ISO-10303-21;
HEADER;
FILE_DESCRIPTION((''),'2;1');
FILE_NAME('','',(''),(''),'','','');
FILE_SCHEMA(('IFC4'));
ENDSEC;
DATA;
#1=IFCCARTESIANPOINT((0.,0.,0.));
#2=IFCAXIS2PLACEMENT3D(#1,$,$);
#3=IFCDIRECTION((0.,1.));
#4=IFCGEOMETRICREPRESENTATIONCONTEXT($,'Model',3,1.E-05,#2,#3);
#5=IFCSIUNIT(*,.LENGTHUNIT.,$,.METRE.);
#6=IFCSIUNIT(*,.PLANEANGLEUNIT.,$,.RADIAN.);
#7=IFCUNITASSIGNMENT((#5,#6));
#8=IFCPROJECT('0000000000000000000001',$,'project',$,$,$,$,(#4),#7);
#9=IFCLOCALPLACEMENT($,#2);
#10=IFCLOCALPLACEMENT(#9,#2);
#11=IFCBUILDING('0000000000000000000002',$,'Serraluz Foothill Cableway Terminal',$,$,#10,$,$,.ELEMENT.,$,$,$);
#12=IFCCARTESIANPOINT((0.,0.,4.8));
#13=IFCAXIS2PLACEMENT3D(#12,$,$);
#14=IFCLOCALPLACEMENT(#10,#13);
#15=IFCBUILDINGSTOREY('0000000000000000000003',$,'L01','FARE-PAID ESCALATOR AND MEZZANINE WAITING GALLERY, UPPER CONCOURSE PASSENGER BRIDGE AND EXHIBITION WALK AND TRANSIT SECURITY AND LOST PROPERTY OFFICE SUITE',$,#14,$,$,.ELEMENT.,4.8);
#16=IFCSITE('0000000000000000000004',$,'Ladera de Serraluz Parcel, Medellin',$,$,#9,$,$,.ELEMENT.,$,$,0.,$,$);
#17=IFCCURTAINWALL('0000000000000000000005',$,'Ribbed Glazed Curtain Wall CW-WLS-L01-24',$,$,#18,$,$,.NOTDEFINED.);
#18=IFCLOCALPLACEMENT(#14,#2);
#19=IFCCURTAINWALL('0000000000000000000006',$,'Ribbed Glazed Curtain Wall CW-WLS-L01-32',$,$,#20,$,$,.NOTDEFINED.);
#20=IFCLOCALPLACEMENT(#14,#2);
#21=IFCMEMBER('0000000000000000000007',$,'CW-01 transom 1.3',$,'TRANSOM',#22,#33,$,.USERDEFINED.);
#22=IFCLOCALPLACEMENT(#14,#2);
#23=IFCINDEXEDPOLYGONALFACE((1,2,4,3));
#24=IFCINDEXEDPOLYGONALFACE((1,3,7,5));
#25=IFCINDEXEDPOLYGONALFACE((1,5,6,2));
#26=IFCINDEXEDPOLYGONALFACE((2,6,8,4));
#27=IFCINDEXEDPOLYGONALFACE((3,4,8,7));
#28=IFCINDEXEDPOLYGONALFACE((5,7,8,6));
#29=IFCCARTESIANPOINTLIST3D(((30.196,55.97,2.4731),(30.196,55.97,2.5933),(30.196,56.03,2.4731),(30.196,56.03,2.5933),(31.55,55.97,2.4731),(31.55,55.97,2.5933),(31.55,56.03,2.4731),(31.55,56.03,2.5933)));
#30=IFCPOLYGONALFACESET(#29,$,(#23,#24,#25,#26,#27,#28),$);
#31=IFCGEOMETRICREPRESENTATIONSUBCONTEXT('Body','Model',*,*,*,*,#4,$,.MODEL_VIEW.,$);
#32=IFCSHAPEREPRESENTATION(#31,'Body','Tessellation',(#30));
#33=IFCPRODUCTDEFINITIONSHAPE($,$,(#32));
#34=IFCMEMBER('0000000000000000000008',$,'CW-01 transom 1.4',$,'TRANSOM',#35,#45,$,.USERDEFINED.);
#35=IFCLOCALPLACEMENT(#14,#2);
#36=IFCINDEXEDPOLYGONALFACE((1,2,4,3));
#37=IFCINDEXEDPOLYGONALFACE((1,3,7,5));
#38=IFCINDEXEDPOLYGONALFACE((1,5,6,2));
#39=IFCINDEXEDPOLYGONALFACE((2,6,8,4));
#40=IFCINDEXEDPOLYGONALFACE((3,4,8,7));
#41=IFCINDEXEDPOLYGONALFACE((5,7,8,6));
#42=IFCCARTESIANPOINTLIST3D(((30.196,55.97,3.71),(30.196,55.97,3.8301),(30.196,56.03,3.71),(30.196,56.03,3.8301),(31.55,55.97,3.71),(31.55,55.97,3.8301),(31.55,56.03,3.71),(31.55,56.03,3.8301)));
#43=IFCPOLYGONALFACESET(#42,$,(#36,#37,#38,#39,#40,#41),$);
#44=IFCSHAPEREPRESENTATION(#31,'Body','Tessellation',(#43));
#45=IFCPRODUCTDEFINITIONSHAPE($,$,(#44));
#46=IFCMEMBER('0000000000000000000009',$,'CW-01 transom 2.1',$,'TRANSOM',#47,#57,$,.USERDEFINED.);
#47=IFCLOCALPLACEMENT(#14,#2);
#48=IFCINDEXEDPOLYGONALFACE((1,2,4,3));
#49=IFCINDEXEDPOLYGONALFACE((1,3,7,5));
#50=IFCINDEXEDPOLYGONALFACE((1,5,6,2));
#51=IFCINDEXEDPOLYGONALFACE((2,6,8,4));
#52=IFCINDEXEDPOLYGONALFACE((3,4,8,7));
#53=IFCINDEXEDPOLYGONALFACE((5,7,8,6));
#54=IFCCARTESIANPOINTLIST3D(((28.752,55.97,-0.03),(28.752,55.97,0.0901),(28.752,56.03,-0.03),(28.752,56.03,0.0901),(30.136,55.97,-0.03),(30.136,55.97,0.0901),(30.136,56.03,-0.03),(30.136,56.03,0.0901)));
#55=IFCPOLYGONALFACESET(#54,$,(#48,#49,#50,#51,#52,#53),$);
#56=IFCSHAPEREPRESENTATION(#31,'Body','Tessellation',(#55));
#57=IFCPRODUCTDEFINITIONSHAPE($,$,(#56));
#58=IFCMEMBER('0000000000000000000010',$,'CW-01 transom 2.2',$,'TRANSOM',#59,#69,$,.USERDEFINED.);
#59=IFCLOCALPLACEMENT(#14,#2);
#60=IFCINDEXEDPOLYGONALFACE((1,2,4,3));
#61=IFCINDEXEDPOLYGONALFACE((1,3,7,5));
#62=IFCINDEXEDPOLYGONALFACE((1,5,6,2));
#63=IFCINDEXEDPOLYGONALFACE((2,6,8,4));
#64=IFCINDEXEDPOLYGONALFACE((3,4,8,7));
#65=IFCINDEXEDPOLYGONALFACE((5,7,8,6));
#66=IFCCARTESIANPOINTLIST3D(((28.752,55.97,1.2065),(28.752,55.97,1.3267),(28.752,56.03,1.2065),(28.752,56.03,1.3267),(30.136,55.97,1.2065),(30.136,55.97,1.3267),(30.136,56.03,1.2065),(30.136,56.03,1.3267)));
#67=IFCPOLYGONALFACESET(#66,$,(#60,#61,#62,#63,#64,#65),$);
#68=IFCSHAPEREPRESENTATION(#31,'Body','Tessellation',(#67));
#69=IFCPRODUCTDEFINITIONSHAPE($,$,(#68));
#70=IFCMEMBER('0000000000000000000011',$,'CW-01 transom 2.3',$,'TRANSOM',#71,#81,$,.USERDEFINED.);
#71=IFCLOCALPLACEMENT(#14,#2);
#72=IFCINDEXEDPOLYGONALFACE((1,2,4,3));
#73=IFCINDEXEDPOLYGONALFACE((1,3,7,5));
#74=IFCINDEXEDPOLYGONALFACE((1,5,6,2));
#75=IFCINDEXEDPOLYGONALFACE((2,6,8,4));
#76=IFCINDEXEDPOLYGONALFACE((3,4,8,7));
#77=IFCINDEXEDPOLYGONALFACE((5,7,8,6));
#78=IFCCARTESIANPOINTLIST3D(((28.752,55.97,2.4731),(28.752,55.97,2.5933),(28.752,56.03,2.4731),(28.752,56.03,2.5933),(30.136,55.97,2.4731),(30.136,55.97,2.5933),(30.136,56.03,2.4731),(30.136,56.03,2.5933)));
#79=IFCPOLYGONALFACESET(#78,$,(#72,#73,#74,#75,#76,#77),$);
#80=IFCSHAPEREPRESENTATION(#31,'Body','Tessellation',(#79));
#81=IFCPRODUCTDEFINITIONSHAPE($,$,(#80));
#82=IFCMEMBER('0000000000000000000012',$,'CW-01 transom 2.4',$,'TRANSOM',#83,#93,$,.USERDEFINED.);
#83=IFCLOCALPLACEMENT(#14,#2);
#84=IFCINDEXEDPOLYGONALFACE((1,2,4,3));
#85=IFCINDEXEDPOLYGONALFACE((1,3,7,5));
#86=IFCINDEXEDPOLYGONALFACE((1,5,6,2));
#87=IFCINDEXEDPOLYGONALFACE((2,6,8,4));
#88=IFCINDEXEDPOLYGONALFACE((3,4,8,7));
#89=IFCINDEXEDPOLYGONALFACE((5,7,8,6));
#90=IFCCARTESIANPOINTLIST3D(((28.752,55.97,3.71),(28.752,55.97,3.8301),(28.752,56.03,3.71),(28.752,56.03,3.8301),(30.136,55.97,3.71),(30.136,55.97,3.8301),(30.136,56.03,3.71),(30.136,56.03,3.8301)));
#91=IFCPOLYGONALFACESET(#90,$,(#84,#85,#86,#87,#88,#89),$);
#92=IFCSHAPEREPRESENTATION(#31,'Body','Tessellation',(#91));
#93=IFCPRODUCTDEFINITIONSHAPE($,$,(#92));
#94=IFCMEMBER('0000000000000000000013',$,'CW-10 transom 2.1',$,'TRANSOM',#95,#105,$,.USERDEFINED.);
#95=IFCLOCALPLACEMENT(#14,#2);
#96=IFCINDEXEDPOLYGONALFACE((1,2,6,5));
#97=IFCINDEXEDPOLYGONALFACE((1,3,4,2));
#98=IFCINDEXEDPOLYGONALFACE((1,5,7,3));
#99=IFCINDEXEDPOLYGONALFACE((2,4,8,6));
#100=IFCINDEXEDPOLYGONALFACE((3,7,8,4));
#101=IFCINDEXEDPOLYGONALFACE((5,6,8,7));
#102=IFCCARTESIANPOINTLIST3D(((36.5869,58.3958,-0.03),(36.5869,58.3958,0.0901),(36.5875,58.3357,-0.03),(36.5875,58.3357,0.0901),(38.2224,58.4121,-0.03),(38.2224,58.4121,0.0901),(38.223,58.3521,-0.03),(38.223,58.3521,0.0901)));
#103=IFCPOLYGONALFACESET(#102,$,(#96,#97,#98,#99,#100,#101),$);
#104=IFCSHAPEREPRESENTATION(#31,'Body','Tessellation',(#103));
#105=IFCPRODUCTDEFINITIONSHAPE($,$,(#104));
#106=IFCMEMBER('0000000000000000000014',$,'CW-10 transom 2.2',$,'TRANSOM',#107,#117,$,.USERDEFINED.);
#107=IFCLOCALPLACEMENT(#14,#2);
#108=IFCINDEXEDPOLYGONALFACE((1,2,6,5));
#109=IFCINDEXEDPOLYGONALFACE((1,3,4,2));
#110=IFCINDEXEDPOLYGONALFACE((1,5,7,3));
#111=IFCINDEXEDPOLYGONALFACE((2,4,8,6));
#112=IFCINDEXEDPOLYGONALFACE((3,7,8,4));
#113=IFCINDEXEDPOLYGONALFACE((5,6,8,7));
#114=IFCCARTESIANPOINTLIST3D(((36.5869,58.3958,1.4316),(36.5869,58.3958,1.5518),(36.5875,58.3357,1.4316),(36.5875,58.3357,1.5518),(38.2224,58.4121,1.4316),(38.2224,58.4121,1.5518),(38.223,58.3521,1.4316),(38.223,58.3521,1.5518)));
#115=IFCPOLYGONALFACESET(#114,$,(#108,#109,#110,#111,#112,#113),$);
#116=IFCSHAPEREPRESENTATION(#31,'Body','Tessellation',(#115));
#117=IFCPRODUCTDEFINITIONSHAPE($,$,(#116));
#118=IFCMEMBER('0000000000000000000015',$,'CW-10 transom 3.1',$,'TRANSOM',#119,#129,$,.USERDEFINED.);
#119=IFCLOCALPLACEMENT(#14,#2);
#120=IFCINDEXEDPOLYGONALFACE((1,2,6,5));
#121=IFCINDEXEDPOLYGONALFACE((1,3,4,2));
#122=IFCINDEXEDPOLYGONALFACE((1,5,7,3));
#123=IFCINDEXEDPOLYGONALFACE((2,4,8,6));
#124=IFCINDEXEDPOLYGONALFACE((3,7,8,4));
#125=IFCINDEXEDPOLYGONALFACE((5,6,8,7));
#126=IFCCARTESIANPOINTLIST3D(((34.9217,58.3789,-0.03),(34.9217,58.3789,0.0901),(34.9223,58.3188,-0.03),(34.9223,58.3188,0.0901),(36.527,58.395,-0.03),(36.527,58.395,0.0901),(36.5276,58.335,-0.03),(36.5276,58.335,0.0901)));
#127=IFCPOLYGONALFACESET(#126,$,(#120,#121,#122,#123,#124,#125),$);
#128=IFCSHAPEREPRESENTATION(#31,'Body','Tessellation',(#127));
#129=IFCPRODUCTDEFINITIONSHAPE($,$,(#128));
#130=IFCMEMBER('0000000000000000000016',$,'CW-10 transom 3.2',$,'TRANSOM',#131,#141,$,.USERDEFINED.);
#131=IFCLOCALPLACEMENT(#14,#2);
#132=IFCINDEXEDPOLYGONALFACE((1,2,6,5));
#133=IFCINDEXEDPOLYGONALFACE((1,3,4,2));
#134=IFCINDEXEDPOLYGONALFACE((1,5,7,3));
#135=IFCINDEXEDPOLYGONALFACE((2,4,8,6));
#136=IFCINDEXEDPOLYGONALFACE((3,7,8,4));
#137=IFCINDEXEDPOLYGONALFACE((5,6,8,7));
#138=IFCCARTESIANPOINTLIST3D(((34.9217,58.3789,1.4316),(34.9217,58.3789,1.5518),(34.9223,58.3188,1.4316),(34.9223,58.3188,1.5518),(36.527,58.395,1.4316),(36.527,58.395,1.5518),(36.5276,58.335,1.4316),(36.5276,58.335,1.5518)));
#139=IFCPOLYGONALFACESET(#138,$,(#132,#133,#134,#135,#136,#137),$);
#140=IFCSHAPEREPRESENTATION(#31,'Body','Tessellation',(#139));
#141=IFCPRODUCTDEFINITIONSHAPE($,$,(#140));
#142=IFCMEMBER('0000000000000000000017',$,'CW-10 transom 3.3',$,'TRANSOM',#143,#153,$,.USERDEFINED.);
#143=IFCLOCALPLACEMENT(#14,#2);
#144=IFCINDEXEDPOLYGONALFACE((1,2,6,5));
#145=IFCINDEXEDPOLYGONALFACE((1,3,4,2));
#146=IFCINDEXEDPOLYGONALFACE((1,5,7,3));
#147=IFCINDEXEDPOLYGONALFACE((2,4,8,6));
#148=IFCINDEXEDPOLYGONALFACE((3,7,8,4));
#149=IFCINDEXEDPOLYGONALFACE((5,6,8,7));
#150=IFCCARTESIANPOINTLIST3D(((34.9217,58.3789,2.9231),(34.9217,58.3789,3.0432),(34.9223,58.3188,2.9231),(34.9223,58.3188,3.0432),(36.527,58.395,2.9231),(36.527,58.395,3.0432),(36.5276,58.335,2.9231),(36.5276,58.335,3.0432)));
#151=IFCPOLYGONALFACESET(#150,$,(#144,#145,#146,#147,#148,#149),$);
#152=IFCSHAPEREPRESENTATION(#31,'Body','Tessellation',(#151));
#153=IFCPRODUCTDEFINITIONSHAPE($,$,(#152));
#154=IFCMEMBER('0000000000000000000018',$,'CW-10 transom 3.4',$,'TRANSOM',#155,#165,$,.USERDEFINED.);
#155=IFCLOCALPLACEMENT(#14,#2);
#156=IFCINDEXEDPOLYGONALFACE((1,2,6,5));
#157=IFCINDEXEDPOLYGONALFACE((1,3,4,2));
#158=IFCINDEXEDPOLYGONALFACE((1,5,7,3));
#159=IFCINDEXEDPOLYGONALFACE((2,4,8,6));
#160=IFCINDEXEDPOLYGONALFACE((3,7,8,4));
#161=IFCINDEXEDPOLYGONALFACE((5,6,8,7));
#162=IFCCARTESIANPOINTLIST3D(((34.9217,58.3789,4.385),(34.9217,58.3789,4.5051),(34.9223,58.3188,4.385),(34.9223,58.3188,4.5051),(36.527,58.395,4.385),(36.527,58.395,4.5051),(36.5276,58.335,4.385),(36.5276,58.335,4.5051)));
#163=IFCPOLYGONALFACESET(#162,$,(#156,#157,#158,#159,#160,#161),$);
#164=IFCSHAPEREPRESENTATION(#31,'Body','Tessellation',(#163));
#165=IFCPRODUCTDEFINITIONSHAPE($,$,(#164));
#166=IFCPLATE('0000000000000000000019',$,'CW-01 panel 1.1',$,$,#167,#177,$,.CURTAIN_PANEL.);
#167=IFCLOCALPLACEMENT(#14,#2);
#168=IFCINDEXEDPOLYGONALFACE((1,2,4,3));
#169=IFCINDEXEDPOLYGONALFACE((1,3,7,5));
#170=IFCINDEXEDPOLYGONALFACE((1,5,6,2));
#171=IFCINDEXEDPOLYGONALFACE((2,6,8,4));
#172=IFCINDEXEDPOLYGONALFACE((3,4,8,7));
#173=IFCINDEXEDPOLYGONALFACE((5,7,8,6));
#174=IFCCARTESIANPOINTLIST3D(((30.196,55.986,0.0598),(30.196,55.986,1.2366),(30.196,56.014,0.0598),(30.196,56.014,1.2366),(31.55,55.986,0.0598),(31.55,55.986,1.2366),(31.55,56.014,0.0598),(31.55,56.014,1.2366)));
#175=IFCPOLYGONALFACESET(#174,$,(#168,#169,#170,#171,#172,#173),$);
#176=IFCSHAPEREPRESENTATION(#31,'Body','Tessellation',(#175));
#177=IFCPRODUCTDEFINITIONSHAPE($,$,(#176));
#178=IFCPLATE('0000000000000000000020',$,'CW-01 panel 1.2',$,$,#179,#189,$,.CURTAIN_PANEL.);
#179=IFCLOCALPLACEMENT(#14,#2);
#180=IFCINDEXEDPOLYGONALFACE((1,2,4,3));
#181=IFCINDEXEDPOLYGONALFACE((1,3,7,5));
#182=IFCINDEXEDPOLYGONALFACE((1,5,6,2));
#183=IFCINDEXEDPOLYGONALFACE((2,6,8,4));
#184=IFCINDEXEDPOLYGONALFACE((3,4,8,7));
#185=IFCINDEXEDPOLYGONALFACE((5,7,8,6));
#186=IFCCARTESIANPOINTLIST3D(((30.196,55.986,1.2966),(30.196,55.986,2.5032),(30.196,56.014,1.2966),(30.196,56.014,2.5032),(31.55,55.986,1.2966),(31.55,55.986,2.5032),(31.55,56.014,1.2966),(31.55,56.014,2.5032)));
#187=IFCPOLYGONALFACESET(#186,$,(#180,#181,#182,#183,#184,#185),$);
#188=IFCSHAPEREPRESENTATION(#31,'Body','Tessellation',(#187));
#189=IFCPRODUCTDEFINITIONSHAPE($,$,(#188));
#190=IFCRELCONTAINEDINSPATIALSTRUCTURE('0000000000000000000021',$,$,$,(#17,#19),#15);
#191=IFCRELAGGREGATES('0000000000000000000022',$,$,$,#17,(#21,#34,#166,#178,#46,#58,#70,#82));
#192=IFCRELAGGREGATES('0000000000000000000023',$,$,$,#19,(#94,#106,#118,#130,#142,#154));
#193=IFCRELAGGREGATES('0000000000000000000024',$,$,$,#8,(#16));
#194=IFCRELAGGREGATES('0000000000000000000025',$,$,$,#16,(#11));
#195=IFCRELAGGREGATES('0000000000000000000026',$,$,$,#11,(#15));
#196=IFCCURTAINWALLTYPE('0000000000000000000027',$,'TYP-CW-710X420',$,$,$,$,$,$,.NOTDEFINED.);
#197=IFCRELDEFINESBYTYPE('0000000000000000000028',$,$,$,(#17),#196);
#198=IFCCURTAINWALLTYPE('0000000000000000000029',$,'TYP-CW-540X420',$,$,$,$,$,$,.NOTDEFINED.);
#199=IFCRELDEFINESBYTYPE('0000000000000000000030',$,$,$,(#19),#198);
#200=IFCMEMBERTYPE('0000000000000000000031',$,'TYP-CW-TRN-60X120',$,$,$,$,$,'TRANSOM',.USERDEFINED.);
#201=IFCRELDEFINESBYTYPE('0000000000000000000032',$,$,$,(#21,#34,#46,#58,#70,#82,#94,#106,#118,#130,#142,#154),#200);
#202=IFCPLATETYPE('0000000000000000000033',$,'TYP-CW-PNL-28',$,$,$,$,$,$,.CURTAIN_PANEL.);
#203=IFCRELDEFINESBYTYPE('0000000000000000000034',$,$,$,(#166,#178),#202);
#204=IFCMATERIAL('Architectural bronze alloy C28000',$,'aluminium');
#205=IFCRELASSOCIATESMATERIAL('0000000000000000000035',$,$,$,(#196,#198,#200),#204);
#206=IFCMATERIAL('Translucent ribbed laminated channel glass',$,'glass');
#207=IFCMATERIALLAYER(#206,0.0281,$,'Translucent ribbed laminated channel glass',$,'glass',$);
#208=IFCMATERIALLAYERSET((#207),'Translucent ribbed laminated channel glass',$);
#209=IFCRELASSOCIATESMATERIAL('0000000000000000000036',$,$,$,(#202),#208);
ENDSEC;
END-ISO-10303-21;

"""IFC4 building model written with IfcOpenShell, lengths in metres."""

from ifc_helpers import new_model, si_unit, direction, frame, origin, origin_2d, place, context, subcontext, project, spatial, rectangle, extrude, material, layer, layer_set, material_profile, profile_set, type_object, element, aggregate, save


model = new_model("IFC4")

# Units and contexts
model_context = context("Model", 3, precision=1e-05, world=origin(), true_north=direction((0.0, 1.0)))
body_context = subcontext(model_context, "Body", "Model", "MODEL_VIEW")
ifc_project = project(units=[si_unit("LENGTHUNIT", "METRE"), si_unit("PLANEANGLEUNIT", "RADIAN")], contexts=[model_context])

# Site, building, storey
site_placement = place(None, origin())
site = spatial("IfcSite", under=ifc_project, at=site_placement, Name="Ladera de Serraluz Parcel, Medellin", CompositionType="ELEMENT", RefElevation=0.0)
building_placement = place(site_placement, origin())
building = spatial("IfcBuilding", under=site, at=building_placement, Name="Serraluz Foothill Cableway Terminal", CompositionType="ELEMENT")
storey_placement = place(building_placement, frame((0.0, 0.0, 4.8)))
storey = spatial("IfcBuildingStorey", under=building, at=storey_placement, Name="L01", Description="FARE-PAID ESCALATOR AND MEZZANINE WAITING GALLERY, UPPER CONCOURSE PASSENGER BRIDGE AND EXHIBITION WALK AND TRANSIT SECURITY AND LOST PROPERTY OFFICE SUITE", CompositionType="ELEMENT", Elevation=4.8)

# Curtain walls
ifc_material_1 = material(Name="Architectural bronze alloy C28000", Category="aluminium")
curtain_wall_type_1 = type_object("IfcCurtainWallType", Name="TYP-CW-710X420", PredefinedType="NOTDEFINED", material=ifc_material_1)
curtain_wall_1_placement = place(storey_placement, origin())
curtain_wall_1 = element("IfcCurtainWall", 1, at=curtain_wall_1_placement, inside=storey, type_object=curtain_wall_type_1, Name="Ribbed Glazed Curtain Wall CW-WLS-L01-24", PredefinedType="NOTDEFINED")
curtain_wall_type_2 = type_object("IfcCurtainWallType", Name="TYP-CW-540X420", PredefinedType="NOTDEFINED", material=ifc_material_1)
curtain_wall_2_placement = place(storey_placement, origin())
curtain_wall_2 = element("IfcCurtainWall", 2, at=curtain_wall_2_placement, inside=storey, type_object=curtain_wall_type_2, Name="Ribbed Glazed Curtain Wall CW-WLS-L01-32", PredefinedType="NOTDEFINED")

# Members
ifc_material_profile_1 = material_profile(ifc_material_1, rectangle(XDim=0.0601, YDim=0.1201, at=origin_2d()), Name="ALU TRANSOM 60x120")
ifc_profile_set_1 = profile_set([ifc_material_profile_1], Name="Architectural bronze alloy C28000")
member_type_1 = type_object("IfcMemberType", Name="TYP-CW-TRN-60X120", ElementType="TRANSOM", PredefinedType="USERDEFINED", material=ifc_profile_set_1)
member_1_placement = place(storey_placement, frame((31.55, 56.0, 2.5332), z_axis=(-1.0, 0.0, 0.0), x_axis=(0.0, -1.0, 0.0)))
member_1 = element("IfcMember", 3, at=member_1_placement, type_object=member_type_1, Name="CW-01 transom 1.3", ObjectType="TRANSOM", PredefinedType="USERDEFINED", context=body_context, shape_type="SweptSolid", body=[
    extrude(rectangle(XDim=0.0601, YDim=0.1201, at=origin_2d()), origin(), (0.0, 0.0, 1.0), 1.354),
])
member_2_placement = place(storey_placement, frame((31.55, 56.0, 3.77), z_axis=(-1.0, 0.0, 0.0), x_axis=(0.0, -1.0, 0.0)))
member_2 = element("IfcMember", 4, at=member_2_placement, type_object=member_type_1, Name="CW-01 transom 1.4", ObjectType="TRANSOM", PredefinedType="USERDEFINED", context=body_context, shape_type="SweptSolid", body=[
    extrude(rectangle(XDim=0.0601, YDim=0.1201, at=origin_2d()), origin(), (0.0, 0.0, 1.0), 1.354),
])
member_3_placement = place(storey_placement, frame((30.136, 56.0, 0.03), z_axis=(-1.0, 0.0, 0.0), x_axis=(0.0, -1.0, 0.0)))
member_3 = element("IfcMember", 5, at=member_3_placement, type_object=member_type_1, Name="CW-01 transom 2.1", ObjectType="TRANSOM", PredefinedType="USERDEFINED", context=body_context, shape_type="SweptSolid", body=[
    extrude(rectangle(XDim=0.0601, YDim=0.1201, at=origin_2d()), origin(), (0.0, 0.0, 1.0), 1.384),
])
member_4_placement = place(storey_placement, frame((30.136, 56.0, 1.2666), z_axis=(-1.0, 0.0, 0.0), x_axis=(0.0, -1.0, 0.0)))
member_4 = element("IfcMember", 6, at=member_4_placement, type_object=member_type_1, Name="CW-01 transom 2.2", ObjectType="TRANSOM", PredefinedType="USERDEFINED", context=body_context, shape_type="SweptSolid", body=[
    extrude(rectangle(XDim=0.0601, YDim=0.1201, at=origin_2d()), origin(), (0.0, 0.0, 1.0), 1.384),
])
member_5_placement = place(storey_placement, frame((30.136, 56.0, 2.5332), z_axis=(-1.0, 0.0, 0.0), x_axis=(0.0, -1.0, 0.0)))
member_5 = element("IfcMember", 7, at=member_5_placement, type_object=member_type_1, Name="CW-01 transom 2.3", ObjectType="TRANSOM", PredefinedType="USERDEFINED", context=body_context, shape_type="SweptSolid", body=[
    extrude(rectangle(XDim=0.0601, YDim=0.1201, at=origin_2d()), origin(), (0.0, 0.0, 1.0), 1.384),
])
member_6_placement = place(storey_placement, frame((30.136, 56.0, 3.77), z_axis=(-1.0, 0.0, 0.0), x_axis=(0.0, -1.0, 0.0)))
member_6 = element("IfcMember", 8, at=member_6_placement, type_object=member_type_1, Name="CW-01 transom 2.4", ObjectType="TRANSOM", PredefinedType="USERDEFINED", context=body_context, shape_type="SweptSolid", body=[
    extrude(rectangle(XDim=0.0601, YDim=0.1201, at=origin_2d()), origin(), (0.0, 0.0, 1.0), 1.384),
])
member_7_placement = place(storey_placement, frame((38.2227, 58.3821, 0.03), z_axis=(-0.99995, -0.010001, 0.0), x_axis=(0.010001, -0.99995, 0.0)))
member_7 = element("IfcMember", 9, at=member_7_placement, type_object=member_type_1, Name="CW-10 transom 2.1", ObjectType="TRANSOM", PredefinedType="USERDEFINED", context=body_context, shape_type="SweptSolid", body=[
    extrude(rectangle(XDim=0.0601, YDim=0.1201, at=origin_2d()), origin(), (0.0, 0.0, 1.0), 1.6355),
])
member_8_placement = place(storey_placement, frame((38.2227, 58.3821, 1.4917), z_axis=(-0.99995, -0.010001, 0.0), x_axis=(0.010001, -0.99995, 0.0)))
member_8 = element("IfcMember", 10, at=member_8_placement, type_object=member_type_1, Name="CW-10 transom 2.2", ObjectType="TRANSOM", PredefinedType="USERDEFINED", context=body_context, shape_type="SweptSolid", body=[
    extrude(rectangle(XDim=0.0601, YDim=0.1201, at=origin_2d()), origin(), (0.0, 0.0, 1.0), 1.6355),
])
member_9_placement = place(storey_placement, frame((36.5273, 58.365, 0.03), z_axis=(-0.99995, -0.010036, 0.0), x_axis=(0.010036, -0.99995, 0.0)))
member_9 = element("IfcMember", 11, at=member_9_placement, type_object=member_type_1, Name="CW-10 transom 3.1", ObjectType="TRANSOM", PredefinedType="USERDEFINED", context=body_context, shape_type="SweptSolid", body=[
    extrude(rectangle(XDim=0.0601, YDim=0.1201, at=origin_2d()), origin(), (0.0, 0.0, 1.0), 1.6055),
])
member_10_placement = place(storey_placement, frame((36.5273, 58.365, 1.4917), z_axis=(-0.99995, -0.010036, 0.0), x_axis=(0.010036, -0.99995, 0.0)))
member_10 = element("IfcMember", 12, at=member_10_placement, type_object=member_type_1, Name="CW-10 transom 3.2", ObjectType="TRANSOM", PredefinedType="USERDEFINED", context=body_context, shape_type="SweptSolid", body=[
    extrude(rectangle(XDim=0.0601, YDim=0.1201, at=origin_2d()), origin(), (0.0, 0.0, 1.0), 1.6055),
])
member_11_placement = place(storey_placement, frame((36.5273, 58.365, 2.9832), z_axis=(-0.99995, -0.010036, 0.0), x_axis=(0.010036, -0.99995, 0.0)))
member_11 = element("IfcMember", 13, at=member_11_placement, type_object=member_type_1, Name="CW-10 transom 3.3", ObjectType="TRANSOM", PredefinedType="USERDEFINED", context=body_context, shape_type="SweptSolid", body=[
    extrude(rectangle(XDim=0.0601, YDim=0.1201, at=origin_2d()), origin(), (0.0, 0.0, 1.0), 1.6055),
])
member_12_placement = place(storey_placement, frame((36.5273, 58.365, 4.4451), z_axis=(-0.99995, -0.010036, 0.0), x_axis=(0.010036, -0.99995, 0.0)))
member_12 = element("IfcMember", 14, at=member_12_placement, type_object=member_type_1, Name="CW-10 transom 3.4", ObjectType="TRANSOM", PredefinedType="USERDEFINED", context=body_context, shape_type="SweptSolid", body=[
    extrude(rectangle(XDim=0.0601, YDim=0.1201, at=origin_2d()), origin(), (0.0, 0.0, 1.0), 1.6055),
])

# Plates
ifc_material_2 = material(Name="Translucent ribbed laminated channel glass", Category="glass")
ifc_layer_1 = layer(ifc_material_2, 0.0281, Name="Translucent ribbed laminated channel glass", Category="glass")
ifc_layer_set_1 = layer_set([ifc_layer_1], Name="Translucent ribbed laminated channel glass")
plate_type = type_object("IfcPlateType", Name="TYP-CW-PNL-28", PredefinedType="CURTAIN_PANEL", material=ifc_layer_set_1)
plate_1_placement = place(storey_placement, frame((30.873, 56.0, 0.0598), z_axis=(0.0, 0.0, 1.0), x_axis=(-1.0, 0.0, 0.0)))
plate_1 = element("IfcPlate", 15, at=plate_1_placement, type_object=plate_type, Name="CW-01 panel 1.1", PredefinedType="CURTAIN_PANEL", context=body_context, shape_type="SweptSolid", body=[
    extrude(rectangle(XDim=1.354, YDim=0.0281, at=origin_2d()), origin(), (0.0, 0.0, 1.0), 1.1768),
])
plate_2_placement = place(storey_placement, frame((30.873, 56.0, 1.2966), z_axis=(0.0, 0.0, 1.0), x_axis=(-1.0, 0.0, 0.0)))
plate_2 = element("IfcPlate", 16, at=plate_2_placement, type_object=plate_type, Name="CW-01 panel 1.2", PredefinedType="CURTAIN_PANEL", context=body_context, shape_type="SweptSolid", body=[
    extrude(rectangle(XDim=1.354, YDim=0.0281, at=origin_2d()), origin(), (0.0, 0.0, 1.0), 1.2065),
])
aggregate(curtain_wall_1, [member_1, member_2, plate_1, plate_2, member_3, member_4, member_5, member_6])
aggregate(curtain_wall_2, [member_7, member_8, member_9, member_10, member_11, member_12])

save(model, "model.ifc")
